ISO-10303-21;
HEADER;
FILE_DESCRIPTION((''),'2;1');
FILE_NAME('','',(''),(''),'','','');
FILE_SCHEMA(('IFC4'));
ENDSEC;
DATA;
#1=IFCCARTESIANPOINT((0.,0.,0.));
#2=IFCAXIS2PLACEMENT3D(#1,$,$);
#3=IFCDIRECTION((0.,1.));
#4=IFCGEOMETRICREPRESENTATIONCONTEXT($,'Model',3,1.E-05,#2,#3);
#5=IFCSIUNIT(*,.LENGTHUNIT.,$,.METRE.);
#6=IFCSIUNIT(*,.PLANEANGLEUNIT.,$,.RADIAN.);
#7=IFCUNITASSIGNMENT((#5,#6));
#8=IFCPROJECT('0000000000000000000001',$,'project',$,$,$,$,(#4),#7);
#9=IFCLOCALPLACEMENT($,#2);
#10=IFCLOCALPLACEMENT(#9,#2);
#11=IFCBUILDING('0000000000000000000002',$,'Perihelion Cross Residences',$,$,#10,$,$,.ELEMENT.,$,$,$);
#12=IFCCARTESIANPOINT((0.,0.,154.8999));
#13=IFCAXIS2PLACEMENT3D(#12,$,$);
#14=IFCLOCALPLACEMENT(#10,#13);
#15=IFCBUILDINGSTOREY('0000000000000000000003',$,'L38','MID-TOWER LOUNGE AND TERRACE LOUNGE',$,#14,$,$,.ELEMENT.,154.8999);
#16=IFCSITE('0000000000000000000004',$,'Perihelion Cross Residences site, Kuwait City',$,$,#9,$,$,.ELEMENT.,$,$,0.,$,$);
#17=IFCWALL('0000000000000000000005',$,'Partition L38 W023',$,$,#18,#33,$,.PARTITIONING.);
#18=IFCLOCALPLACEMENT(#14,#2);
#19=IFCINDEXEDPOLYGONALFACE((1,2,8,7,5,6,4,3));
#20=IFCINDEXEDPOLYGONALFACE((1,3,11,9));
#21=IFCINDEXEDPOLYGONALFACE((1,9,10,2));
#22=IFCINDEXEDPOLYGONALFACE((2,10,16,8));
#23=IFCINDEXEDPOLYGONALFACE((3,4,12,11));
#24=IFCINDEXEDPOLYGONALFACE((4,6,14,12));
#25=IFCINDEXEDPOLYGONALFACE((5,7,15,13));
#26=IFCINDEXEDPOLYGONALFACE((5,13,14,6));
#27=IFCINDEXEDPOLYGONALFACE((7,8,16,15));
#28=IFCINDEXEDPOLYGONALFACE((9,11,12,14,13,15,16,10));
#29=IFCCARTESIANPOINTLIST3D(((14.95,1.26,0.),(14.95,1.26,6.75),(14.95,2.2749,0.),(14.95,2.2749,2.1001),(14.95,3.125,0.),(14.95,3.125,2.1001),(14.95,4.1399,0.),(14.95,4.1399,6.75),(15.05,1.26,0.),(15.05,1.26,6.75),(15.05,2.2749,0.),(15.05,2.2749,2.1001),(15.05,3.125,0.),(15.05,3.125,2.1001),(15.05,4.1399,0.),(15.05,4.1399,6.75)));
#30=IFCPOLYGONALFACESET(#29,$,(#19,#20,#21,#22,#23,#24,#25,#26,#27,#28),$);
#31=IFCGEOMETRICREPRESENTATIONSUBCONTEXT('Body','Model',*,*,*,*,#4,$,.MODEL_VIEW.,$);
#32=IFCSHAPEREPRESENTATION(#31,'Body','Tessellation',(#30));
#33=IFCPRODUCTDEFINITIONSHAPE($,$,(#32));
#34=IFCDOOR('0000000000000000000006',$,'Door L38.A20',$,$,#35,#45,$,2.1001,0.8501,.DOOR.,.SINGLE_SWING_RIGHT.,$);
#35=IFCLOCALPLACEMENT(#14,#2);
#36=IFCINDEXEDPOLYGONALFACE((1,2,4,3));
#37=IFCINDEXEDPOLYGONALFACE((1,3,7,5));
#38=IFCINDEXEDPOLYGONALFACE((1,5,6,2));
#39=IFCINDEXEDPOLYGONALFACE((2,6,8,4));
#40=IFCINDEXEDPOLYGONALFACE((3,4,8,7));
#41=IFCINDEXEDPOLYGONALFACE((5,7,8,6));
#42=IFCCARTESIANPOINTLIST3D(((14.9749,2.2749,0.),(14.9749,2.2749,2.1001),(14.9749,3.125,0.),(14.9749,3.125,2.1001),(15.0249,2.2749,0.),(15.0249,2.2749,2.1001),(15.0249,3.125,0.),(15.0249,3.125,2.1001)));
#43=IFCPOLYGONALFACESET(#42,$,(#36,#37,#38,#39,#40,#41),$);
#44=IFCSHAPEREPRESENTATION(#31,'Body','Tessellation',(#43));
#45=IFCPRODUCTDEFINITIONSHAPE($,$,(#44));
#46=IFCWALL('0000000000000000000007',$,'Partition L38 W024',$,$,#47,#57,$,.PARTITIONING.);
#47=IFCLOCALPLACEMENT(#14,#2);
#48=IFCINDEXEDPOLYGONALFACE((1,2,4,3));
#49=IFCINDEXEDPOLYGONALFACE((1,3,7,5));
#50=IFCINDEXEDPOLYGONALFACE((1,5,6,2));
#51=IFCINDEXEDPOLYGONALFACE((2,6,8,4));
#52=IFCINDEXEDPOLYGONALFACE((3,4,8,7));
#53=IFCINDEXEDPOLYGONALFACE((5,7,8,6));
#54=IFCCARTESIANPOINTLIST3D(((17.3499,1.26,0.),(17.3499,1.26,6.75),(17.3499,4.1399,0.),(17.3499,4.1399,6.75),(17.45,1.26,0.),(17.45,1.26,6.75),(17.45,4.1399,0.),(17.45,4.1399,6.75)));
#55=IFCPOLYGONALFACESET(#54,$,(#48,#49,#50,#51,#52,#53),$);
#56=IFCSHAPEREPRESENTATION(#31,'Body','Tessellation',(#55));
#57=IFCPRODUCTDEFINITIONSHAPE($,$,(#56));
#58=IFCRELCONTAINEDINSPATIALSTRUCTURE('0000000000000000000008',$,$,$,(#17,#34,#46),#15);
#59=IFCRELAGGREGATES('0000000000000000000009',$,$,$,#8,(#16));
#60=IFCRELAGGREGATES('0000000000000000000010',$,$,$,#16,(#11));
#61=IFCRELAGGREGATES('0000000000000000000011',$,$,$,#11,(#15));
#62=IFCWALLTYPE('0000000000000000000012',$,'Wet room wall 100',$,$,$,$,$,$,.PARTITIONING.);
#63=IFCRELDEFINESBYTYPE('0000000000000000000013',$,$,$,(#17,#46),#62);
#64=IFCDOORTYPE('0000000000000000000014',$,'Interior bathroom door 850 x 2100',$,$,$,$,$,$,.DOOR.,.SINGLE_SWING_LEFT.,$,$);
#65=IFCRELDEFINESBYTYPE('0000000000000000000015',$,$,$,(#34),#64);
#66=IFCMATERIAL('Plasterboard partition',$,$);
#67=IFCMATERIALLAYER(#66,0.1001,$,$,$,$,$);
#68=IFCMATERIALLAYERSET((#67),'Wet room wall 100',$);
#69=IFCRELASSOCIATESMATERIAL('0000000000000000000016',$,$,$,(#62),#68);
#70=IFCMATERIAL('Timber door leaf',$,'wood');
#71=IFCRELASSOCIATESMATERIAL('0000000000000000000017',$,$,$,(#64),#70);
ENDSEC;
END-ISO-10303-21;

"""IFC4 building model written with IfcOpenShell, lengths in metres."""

from ifc_helpers import new_model, si_unit, direction, frame, frame_2d, origin, place, context, subcontext, project, spatial, rectangle, extrude, material, layer, layer_set, type_object, element, fill, save


model = new_model("IFC4")

# Units and contexts
model_context = context("Model", 3, precision=1e-05, world=origin(), true_north=direction((0.0, 1.0)))
body_context = subcontext(model_context, "Body", "Model", "MODEL_VIEW")
ifc_project = project(units=[si_unit("LENGTHUNIT", "METRE"), si_unit("PLANEANGLEUNIT", "RADIAN")], contexts=[model_context])

# Site, building, storey
site_placement = place(None, origin())
site = spatial("IfcSite", under=ifc_project, at=site_placement, Name="Perihelion Cross Residences site, Kuwait City", CompositionType="ELEMENT", RefElevation=0.0)
building_placement = place(site_placement, origin())
building = spatial("IfcBuilding", under=site, at=building_placement, Name="Perihelion Cross Residences", CompositionType="ELEMENT")
storey_placement = place(building_placement, frame((0.0, 0.0, 154.8999)))
storey = spatial("IfcBuildingStorey", under=building, at=storey_placement, Name="L38", Description="MID-TOWER LOUNGE AND TERRACE LOUNGE", CompositionType="ELEMENT", Elevation=154.8999)

# Shared definitions
ifc_material_1 = material(Name="Plasterboard partition")
ifc_layer_1 = layer(ifc_material_1, 0.1001)
ifc_layer_set_1 = layer_set([ifc_layer_1], Name="Wet room wall 100")
wall_type_1 = type_object("IfcWallType", Name="Wet room wall 100", PredefinedType="PARTITIONING", material=ifc_layer_set_1)
ifc_material_2 = material(Name="Timber door leaf", Category="wood")
door_type_1 = type_object("IfcDoorType", Name="Interior bathroom door 850 x 2100", OperationType="SINGLE_SWING_LEFT", PredefinedType="DOOR", material=ifc_material_2)

# Wall, opening, door
wall_1_placement = place(storey_placement, frame((15.0, 4.1399, 0.0), z_axis=(0.0, 0.0, 1.0), x_axis=(0.0, -1.0, 0.0)))
wall_1 = element("IfcWall", 1, at=wall_1_placement, inside=storey, type_object=wall_type_1, Name="Partition L38 W023", PredefinedType="PARTITIONING", context=body_context, shape_type="SweptSolid", body=[
    extrude(rectangle(XDim=2.8799, YDim=0.1001, at=frame_2d((1.4399, 0.0))), origin(), (0.0, 0.0, 1.0), 6.75),
])
opening_1_placement = place(wall_1_placement, frame((1.0149, 0.0, 0.0)))
opening_1 = element("IfcOpeningElement", 2, at=opening_1_placement, cuts=wall_1, PredefinedType="OPENING", context=body_context, shape_type="SweptSolid", body=[
    extrude(rectangle(XDim=0.8501, YDim=2.1001, at=frame_2d((0.425, 1.05))), frame((0.0, 0.0601, 0.0), z_axis=(0.0, -1.0, 0.0), x_axis=(1.0, 0.0, 0.0)), (0.0, 0.0, 1.0), 0.1201),
])
door_1_placement = place(opening_1_placement, origin())
door_1 = element("IfcDoor", 3, at=door_1_placement, inside=storey, type_object=door_type_1, Name="Door L38.A20", OperationType="SINGLE_SWING_RIGHT", OverallHeight=2.1001, OverallWidth=0.8501, PredefinedType="DOOR", context=body_context, shape_type="SweptSolid", body=[
    extrude(rectangle(XDim=0.8501, YDim=2.1001, at=frame_2d((0.425, 1.05))), frame((0.0, 0.0249, 0.0), z_axis=(0.0, -1.0, 0.0), x_axis=(1.0, 0.0, 0.0)), (0.0, 0.0, 1.0), 0.05),
])
fill(opening_1, door_1)

# Wall
wall_2_placement = place(storey_placement, frame((17.3999, 4.1399, 0.0), z_axis=(0.0, 0.0, 1.0), x_axis=(0.0, -1.0, 0.0)))
element("IfcWall", 4, at=wall_2_placement, inside=storey, type_object=wall_type_1, Name="Partition L38 W024", PredefinedType="PARTITIONING", context=body_context, shape_type="SweptSolid", body=[
    extrude(rectangle(XDim=2.8799, YDim=0.1001, at=frame_2d((1.4399, 0.0))), origin(), (0.0, 0.0, 1.0), 6.75),
])

save(model, "model.ifc")
